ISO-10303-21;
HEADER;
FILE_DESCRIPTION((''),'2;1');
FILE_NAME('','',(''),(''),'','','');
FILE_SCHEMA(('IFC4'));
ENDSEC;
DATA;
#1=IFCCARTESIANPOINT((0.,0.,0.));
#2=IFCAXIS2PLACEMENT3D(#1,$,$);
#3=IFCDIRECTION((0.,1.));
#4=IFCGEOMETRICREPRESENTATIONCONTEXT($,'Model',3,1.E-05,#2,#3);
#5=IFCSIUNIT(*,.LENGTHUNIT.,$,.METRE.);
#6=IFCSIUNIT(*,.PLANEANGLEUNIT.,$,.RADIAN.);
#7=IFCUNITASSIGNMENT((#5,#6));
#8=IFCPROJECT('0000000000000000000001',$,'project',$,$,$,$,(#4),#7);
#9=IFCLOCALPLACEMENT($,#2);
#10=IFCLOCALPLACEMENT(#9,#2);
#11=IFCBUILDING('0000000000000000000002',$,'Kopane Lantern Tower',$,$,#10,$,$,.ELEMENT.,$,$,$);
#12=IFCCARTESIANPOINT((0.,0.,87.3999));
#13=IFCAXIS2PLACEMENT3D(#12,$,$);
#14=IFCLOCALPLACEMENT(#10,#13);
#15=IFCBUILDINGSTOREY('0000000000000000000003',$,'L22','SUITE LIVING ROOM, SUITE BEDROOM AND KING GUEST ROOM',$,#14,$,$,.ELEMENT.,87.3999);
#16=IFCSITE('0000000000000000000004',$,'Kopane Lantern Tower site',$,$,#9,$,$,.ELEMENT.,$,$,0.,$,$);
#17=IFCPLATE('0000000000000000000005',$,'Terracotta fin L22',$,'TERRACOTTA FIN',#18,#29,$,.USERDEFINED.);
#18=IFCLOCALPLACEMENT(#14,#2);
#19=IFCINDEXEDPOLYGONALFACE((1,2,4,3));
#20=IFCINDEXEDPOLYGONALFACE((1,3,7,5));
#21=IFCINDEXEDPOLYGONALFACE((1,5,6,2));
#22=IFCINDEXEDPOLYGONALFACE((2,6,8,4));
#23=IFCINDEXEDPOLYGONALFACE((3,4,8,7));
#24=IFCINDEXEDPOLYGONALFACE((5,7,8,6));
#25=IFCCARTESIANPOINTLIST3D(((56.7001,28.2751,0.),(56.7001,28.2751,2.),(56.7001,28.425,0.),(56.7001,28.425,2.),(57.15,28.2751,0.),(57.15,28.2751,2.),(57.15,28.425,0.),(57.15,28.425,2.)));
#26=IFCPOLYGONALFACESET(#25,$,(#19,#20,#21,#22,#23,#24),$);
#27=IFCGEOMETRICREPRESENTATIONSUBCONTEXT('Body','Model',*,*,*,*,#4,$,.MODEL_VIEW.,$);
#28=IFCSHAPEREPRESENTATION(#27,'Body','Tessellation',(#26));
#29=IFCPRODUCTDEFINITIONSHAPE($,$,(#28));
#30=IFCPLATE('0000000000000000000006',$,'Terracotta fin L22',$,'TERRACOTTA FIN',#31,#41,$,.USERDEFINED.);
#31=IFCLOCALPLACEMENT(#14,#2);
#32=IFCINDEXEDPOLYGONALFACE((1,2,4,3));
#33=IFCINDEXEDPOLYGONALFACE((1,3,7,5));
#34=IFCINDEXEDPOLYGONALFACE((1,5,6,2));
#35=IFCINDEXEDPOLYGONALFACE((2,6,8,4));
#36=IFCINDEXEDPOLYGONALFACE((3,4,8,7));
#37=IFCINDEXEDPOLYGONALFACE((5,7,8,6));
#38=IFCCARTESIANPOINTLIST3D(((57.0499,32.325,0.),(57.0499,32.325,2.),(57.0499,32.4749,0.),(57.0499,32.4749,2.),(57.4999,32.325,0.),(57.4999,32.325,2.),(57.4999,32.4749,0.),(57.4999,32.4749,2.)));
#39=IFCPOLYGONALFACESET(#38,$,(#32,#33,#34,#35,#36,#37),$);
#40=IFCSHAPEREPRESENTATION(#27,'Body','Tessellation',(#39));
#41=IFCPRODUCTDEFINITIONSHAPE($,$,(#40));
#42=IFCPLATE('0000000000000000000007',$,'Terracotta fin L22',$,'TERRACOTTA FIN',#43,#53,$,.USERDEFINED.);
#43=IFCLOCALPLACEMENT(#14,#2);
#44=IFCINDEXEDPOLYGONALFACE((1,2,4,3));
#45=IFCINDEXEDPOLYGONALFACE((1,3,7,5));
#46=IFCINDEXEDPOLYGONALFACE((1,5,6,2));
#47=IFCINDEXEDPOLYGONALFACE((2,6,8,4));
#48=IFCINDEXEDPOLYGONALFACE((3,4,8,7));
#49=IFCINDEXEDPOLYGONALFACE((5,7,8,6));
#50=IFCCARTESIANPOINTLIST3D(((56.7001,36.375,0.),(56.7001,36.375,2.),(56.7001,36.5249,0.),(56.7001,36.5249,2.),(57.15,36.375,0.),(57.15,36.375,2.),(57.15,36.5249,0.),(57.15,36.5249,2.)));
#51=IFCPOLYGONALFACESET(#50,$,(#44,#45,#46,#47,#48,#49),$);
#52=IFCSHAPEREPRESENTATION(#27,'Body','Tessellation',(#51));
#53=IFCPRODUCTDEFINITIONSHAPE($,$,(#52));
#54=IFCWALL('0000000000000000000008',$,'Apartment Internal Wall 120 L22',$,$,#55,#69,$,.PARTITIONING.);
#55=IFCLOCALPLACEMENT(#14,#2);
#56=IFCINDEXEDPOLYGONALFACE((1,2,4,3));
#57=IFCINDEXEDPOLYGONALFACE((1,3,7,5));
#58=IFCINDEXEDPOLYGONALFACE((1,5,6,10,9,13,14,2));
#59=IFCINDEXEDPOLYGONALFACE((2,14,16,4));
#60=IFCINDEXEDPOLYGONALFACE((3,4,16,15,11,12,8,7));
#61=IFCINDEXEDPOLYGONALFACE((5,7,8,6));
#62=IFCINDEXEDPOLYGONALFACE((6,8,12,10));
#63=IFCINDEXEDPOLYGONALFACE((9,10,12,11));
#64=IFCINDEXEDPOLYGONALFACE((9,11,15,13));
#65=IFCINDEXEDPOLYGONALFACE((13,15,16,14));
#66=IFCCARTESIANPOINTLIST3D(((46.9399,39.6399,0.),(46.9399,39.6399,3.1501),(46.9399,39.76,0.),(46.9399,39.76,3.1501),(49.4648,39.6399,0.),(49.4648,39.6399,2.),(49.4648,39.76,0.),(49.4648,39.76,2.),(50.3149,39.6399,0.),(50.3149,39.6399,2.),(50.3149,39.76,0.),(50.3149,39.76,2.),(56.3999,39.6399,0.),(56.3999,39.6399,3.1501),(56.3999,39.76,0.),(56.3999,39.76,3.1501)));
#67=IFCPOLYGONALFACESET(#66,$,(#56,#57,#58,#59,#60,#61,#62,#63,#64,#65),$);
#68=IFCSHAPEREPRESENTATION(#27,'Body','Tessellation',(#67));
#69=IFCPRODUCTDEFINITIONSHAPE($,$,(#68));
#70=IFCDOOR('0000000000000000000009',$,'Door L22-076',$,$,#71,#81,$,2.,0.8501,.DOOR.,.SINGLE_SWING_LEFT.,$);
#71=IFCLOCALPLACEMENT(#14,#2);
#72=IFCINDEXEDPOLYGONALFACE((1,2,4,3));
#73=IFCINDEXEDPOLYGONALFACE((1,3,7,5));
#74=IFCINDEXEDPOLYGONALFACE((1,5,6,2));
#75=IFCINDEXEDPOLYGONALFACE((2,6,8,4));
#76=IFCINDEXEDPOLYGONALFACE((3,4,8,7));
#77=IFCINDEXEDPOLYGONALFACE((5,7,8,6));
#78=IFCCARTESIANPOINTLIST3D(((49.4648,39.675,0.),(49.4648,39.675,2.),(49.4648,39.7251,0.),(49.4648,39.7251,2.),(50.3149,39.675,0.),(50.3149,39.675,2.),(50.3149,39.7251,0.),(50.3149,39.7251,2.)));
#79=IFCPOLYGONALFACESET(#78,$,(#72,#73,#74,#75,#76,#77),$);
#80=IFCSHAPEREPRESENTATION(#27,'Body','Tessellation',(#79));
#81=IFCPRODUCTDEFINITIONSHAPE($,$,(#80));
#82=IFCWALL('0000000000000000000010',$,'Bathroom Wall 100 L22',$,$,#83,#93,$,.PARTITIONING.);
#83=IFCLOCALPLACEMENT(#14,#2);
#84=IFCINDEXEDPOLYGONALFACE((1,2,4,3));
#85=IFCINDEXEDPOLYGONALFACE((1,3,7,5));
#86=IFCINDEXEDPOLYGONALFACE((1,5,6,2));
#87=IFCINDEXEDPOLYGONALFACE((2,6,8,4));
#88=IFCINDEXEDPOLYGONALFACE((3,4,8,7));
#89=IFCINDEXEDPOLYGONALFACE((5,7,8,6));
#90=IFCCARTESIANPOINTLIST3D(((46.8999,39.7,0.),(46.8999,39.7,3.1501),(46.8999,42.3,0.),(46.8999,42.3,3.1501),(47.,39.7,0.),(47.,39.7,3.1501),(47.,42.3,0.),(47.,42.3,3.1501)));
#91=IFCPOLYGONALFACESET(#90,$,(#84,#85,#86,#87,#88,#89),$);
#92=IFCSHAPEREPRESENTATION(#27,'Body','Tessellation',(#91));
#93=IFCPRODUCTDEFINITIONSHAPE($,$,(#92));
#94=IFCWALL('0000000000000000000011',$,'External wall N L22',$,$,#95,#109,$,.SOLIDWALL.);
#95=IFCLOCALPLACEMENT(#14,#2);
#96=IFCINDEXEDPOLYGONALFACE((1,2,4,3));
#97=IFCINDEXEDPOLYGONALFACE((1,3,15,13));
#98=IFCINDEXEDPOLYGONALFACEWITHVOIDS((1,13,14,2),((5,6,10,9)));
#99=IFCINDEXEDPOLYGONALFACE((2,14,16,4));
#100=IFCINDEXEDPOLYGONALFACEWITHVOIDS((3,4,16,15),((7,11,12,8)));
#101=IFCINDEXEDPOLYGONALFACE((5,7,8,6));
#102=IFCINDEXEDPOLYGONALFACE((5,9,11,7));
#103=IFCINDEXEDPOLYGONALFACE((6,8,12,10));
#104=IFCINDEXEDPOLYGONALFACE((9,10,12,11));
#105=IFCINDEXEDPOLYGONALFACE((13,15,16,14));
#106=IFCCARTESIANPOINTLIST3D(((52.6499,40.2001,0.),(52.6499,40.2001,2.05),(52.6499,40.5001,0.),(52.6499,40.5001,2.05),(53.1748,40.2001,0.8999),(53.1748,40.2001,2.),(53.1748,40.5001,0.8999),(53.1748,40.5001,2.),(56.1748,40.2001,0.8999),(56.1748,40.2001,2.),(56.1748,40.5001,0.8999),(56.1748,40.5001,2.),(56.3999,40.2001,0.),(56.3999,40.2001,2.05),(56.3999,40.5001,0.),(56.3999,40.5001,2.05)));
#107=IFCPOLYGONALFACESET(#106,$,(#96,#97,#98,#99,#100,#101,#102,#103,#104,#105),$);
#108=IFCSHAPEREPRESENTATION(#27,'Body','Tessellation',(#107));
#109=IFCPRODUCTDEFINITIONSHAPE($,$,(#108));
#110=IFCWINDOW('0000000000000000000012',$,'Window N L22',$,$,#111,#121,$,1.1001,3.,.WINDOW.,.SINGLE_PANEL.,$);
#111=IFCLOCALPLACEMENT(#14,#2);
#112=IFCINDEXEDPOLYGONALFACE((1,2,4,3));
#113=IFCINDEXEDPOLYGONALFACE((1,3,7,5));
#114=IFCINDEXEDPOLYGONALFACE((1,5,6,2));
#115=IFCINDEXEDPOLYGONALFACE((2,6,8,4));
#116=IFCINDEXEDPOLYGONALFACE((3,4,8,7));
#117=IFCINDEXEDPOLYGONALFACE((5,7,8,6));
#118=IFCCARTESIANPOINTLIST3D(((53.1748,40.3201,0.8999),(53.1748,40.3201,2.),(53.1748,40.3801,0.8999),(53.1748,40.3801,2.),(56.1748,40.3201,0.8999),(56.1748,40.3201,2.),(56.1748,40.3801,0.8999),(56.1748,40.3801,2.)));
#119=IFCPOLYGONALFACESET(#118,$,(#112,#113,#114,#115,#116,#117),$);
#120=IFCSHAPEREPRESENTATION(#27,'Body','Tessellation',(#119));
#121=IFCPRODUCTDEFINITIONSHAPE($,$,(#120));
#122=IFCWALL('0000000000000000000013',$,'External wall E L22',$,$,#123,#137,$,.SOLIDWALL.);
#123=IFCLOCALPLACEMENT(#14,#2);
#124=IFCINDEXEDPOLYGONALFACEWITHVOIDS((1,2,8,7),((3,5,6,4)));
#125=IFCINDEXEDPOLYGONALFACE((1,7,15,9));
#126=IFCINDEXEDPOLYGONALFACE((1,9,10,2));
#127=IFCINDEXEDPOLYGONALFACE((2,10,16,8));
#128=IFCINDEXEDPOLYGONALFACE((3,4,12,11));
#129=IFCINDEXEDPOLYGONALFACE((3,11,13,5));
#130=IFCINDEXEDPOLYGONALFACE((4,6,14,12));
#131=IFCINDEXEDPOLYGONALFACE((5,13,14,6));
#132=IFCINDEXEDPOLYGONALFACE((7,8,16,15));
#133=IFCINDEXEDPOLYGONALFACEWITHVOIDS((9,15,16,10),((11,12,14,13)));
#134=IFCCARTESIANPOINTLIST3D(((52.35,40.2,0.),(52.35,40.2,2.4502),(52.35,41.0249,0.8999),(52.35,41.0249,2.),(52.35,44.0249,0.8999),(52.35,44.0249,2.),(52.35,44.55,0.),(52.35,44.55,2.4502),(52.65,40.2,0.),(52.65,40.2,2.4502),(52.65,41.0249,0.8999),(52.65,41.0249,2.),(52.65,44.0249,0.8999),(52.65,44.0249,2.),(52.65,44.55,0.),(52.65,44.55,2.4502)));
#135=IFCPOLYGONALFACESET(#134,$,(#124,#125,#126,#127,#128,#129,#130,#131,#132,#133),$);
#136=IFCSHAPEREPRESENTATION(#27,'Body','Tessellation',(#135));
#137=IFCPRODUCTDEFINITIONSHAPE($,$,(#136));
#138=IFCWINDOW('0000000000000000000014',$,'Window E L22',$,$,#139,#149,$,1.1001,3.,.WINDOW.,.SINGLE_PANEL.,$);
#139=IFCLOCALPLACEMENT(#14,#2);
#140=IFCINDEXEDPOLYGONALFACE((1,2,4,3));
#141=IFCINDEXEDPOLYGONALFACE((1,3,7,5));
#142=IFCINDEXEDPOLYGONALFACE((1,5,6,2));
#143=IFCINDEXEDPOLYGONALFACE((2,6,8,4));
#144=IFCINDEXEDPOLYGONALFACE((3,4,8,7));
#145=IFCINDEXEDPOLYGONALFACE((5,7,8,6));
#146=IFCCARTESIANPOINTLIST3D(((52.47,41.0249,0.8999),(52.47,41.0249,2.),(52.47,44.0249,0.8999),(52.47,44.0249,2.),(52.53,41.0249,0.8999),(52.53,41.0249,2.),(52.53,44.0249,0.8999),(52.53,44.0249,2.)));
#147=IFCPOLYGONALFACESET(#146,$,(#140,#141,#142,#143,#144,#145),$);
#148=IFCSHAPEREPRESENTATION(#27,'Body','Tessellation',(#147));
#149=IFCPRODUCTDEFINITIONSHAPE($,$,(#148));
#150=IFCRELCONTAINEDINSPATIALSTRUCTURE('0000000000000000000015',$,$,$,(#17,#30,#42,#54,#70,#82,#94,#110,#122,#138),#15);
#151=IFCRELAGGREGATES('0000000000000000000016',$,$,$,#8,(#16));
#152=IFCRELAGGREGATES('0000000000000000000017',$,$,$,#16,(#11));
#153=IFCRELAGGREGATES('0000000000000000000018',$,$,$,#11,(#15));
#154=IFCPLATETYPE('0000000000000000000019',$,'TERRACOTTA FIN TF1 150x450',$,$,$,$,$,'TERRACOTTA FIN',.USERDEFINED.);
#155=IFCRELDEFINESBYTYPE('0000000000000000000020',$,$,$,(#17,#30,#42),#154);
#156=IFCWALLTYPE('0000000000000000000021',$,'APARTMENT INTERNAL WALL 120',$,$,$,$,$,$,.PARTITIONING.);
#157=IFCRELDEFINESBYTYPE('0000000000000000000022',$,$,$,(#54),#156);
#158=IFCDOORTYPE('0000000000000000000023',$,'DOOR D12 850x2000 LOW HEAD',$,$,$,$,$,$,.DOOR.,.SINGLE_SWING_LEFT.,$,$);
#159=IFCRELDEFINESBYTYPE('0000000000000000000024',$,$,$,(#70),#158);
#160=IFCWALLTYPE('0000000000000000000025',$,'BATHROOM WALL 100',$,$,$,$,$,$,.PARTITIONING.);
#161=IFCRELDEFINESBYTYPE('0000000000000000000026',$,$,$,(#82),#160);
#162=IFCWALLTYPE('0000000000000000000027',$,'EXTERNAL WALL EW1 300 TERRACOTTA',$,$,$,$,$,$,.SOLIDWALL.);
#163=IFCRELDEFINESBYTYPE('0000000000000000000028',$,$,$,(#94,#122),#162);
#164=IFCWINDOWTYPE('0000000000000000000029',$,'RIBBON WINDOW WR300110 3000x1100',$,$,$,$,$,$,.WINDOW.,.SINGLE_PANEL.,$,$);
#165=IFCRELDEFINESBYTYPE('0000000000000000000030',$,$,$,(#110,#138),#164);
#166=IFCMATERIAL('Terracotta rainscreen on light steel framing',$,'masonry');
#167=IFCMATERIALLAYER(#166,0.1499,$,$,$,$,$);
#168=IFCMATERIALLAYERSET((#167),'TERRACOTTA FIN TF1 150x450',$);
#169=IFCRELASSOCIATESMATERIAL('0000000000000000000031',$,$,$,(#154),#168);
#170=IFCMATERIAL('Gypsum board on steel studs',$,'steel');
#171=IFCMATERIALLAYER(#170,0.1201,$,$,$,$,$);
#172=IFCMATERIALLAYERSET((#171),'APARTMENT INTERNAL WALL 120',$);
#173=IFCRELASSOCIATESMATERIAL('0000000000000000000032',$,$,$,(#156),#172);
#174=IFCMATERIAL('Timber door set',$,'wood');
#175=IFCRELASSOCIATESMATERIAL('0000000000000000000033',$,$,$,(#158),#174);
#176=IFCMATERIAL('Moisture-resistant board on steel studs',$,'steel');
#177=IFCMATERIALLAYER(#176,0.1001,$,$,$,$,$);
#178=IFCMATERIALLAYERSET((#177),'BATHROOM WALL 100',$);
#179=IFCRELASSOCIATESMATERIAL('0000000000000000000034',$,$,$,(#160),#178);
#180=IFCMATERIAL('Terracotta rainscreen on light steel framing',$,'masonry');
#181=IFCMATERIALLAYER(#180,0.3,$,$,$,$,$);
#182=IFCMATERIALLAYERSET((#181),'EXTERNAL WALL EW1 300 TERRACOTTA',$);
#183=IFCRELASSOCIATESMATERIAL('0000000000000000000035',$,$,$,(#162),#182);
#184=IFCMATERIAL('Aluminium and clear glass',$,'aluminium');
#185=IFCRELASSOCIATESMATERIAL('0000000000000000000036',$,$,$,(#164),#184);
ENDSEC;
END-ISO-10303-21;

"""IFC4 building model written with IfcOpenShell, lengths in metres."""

from ifc_helpers import new_model, si_unit, direction, frame, frame_2d, origin, origin_2d, place, context, subcontext, project, spatial, rectangle, extrude, material, layer, layer_set, type_object, element, fill, save


model = new_model("IFC4")

# Units and contexts
model_context = context("Model", 3, precision=1e-05, world=origin(), true_north=direction((0.0, 1.0)))
body_context = subcontext(model_context, "Body", "Model", "MODEL_VIEW")
ifc_project = project(units=[si_unit("LENGTHUNIT", "METRE"), si_unit("PLANEANGLEUNIT", "RADIAN")], contexts=[model_context])

# Site, building, storey
site_placement = place(None, origin())
site = spatial("IfcSite", under=ifc_project, at=site_placement, Name="Kopane Lantern Tower site", CompositionType="ELEMENT", RefElevation=0.0)
building_placement = place(site_placement, origin())
building = spatial("IfcBuilding", under=site, at=building_placement, Name="Kopane Lantern Tower", CompositionType="ELEMENT")
storey_placement = place(building_placement, frame((0.0, 0.0, 87.3999)))
storey = spatial("IfcBuildingStorey", under=building, at=storey_placement, Name="L22", Description="SUITE LIVING ROOM, SUITE BEDROOM AND KING GUEST ROOM", CompositionType="ELEMENT", Elevation=87.3999)

# Plates
ifc_material_1 = material(Name="Terracotta rainscreen on light steel framing", Category="masonry")
ifc_layer_1 = layer(ifc_material_1, 0.1499)
ifc_layer_set_1 = layer_set([ifc_layer_1], Name="TERRACOTTA FIN TF1 150x450")
plate_type = type_object("IfcPlateType", Name="TERRACOTTA FIN TF1 150x450", ElementType="TERRACOTTA FIN", PredefinedType="USERDEFINED", material=ifc_layer_set_1)
for number, where, z_axis, x_axis, name in (
    (1, (56.925, 28.3501, 0.0), (0.0, 0.0, 1.0), (0.0, 1.0, 0.0), "Terracotta fin L22"),
    (2, (57.2749, 32.3999, 0.0), (0.0, 0.0, 1.0), (0.0, 1.0, 0.0), "Terracotta fin L22"),
    (3, (56.925, 36.45, 0.0), (0.0, 0.0, 1.0), (0.0, 1.0, 0.0), "Terracotta fin L22"),
):
    element("IfcPlate", number, at=place(storey_placement, frame(where, z_axis=z_axis, x_axis=x_axis)), inside=storey, type_object=plate_type, Name=name, ObjectType="TERRACOTTA FIN", PredefinedType="USERDEFINED", context=body_context, shape_type="SweptSolid", body=[
        extrude(rectangle(XDim=0.1499, YDim=0.45, at=origin_2d()), origin(), (0.0, 0.0, 1.0), 2.0),
    ])

# Wall, opening, door
ifc_material_2 = material(Name="Gypsum board on steel studs", Category="steel")
ifc_layer_2 = layer(ifc_material_2, 0.1201)
ifc_layer_set_2 = layer_set([ifc_layer_2], Name="APARTMENT INTERNAL WALL 120")
wall_type_1 = type_object("IfcWallType", Name="APARTMENT INTERNAL WALL 120", PredefinedType="PARTITIONING", material=ifc_layer_set_2)
wall_1_placement = place(storey_placement, frame((56.3999, 39.7, 0.0), z_axis=(0.0, 0.0, 1.0), x_axis=(-1.0, 0.0, 0.0)))
wall_1 = element("IfcWall", 4, at=wall_1_placement, inside=storey, type_object=wall_type_1, Name="Apartment Internal Wall 120 L22", PredefinedType="PARTITIONING", context=body_context, shape_type="SweptSolid", body=[
    extrude(rectangle(XDim=9.46, YDim=0.1201, at=frame_2d((4.73, 0.0))), origin(), (0.0, 0.0, 1.0), 3.1501),
])
opening_1_placement = place(wall_1_placement, frame((6.085, 0.0, 0.0)))
opening_1 = element("IfcOpeningElement", 5, at=opening_1_placement, cuts=wall_1, PredefinedType="OPENING", context=body_context, shape_type="SweptSolid", body=[
    extrude(rectangle(XDim=0.8501, YDim=2.0, at=frame_2d((0.425, 1.0))), frame((0.0, 0.0701, 0.0), z_axis=(0.0, -1.0, 0.0), x_axis=(1.0, 0.0, 0.0)), (0.0, 0.0, 1.0), 0.1401),
])
ifc_material_3 = material(Name="Timber door set", Category="wood")
door_type = type_object("IfcDoorType", Name="DOOR D12 850x2000 LOW HEAD", OperationType="SINGLE_SWING_LEFT", PredefinedType="DOOR", material=ifc_material_3)
door_placement = place(opening_1_placement, origin())
door = element("IfcDoor", 6, at=door_placement, inside=storey, type_object=door_type, Name="Door L22-076", OperationType="SINGLE_SWING_LEFT", OverallHeight=2.0, OverallWidth=0.8501, PredefinedType="DOOR", context=body_context, shape_type="SweptSolid", body=[
    extrude(rectangle(XDim=0.8501, YDim=2.0, at=frame_2d((0.425, 1.0))), frame((0.0, 0.0249, 0.0), z_axis=(0.0, -1.0, 0.0), x_axis=(1.0, 0.0, 0.0)), (0.0, 0.0, 1.0), 0.05),
])
fill(opening_1, door)

# Wall
ifc_material_4 = material(Name="Moisture-resistant board on steel studs", Category="steel")
ifc_layer_3 = layer(ifc_material_4, 0.1001)
ifc_layer_set_3 = layer_set([ifc_layer_3], Name="BATHROOM WALL 100")
wall_type_2 = type_object("IfcWallType", Name="BATHROOM WALL 100", PredefinedType="PARTITIONING", material=ifc_layer_set_3)
wall_2_placement = place(storey_placement, frame((46.95, 39.7, 0.0), z_axis=(0.0, 0.0, 1.0), x_axis=(0.0, 1.0, 0.0)))
element("IfcWall", 7, at=wall_2_placement, inside=storey, type_object=wall_type_2, Name="Bathroom Wall 100 L22", PredefinedType="PARTITIONING", context=body_context, shape_type="SweptSolid", body=[
    extrude(rectangle(XDim=2.6001, YDim=0.1001, at=frame_2d((1.3, 0.0))), origin(), (0.0, 0.0, 1.0), 3.1501),
])

# Walls, openings, windows
ifc_material_5 = material(Name="Terracotta rainscreen on light steel framing", Category="masonry")
ifc_layer_4 = layer(ifc_material_5, 0.3)
ifc_layer_set_4 = layer_set([ifc_layer_4], Name="EXTERNAL WALL EW1 300 TERRACOTTA")
wall_type_3 = type_object("IfcWallType", Name="EXTERNAL WALL EW1 300 TERRACOTTA", PredefinedType="SOLIDWALL", material=ifc_layer_set_4)
wall_3_placement = place(storey_placement, frame((56.3999, 40.3501, 0.0), z_axis=(0.0, 0.0, 1.0), x_axis=(-1.0, 0.0, 0.0)))
wall_3 = element("IfcWall", 8, at=wall_3_placement, inside=storey, type_object=wall_type_3, Name="External wall N L22", PredefinedType="SOLIDWALL", context=body_context, shape_type="SweptSolid", body=[
    extrude(rectangle(XDim=3.75, YDim=0.3, at=frame_2d((1.875, 0.0))), origin(), (0.0, 0.0, 1.0), 2.05),
])
opening_2_placement = place(wall_3_placement, frame((0.2251, 0.0, 0.8999)))
opening_2 = element("IfcOpeningElement", 9, at=opening_2_placement, cuts=wall_3, PredefinedType="OPENING", context=body_context, shape_type="SweptSolid", body=[
    extrude(rectangle(XDim=3.0, YDim=1.1001, at=frame_2d((1.5, 0.55))), frame((0.0, 0.1599, 0.0), z_axis=(0.0, -1.0, 0.0), x_axis=(1.0, 0.0, 0.0)), (0.0, 0.0, 1.0), 0.3201),
])
ifc_material_6 = material(Name="Aluminium and clear glass", Category="aluminium")
window_type = type_object("IfcWindowType", Name="RIBBON WINDOW WR300110 3000x1100", PartitioningType="SINGLE_PANEL", PredefinedType="WINDOW", material=ifc_material_6)
window_1_placement = place(opening_2_placement, origin())
window_1 = element("IfcWindow", 10, at=window_1_placement, inside=storey, type_object=window_type, Name="Window N L22", OverallHeight=1.1001, OverallWidth=3.0, PartitioningType="SINGLE_PANEL", PredefinedType="WINDOW", context=body_context, shape_type="SweptSolid", body=[
    extrude(rectangle(XDim=3.0, YDim=1.1001, at=frame_2d((1.5, 0.55))), frame((0.0, 0.03, 0.0), z_axis=(0.0, -1.0, 0.0), x_axis=(1.0, 0.0, 0.0)), (0.0, 0.0, 1.0), 0.0601),
])
fill(opening_2, window_1)
wall_4_placement = place(storey_placement, frame((52.5, 40.2, 0.0), z_axis=(0.0, 0.0, 1.0), x_axis=(0.0, 1.0, 0.0)))
wall_4 = element("IfcWall", 11, at=wall_4_placement, inside=storey, type_object=wall_type_3, Name="External wall E L22", PredefinedType="SOLIDWALL", context=body_context, shape_type="SweptSolid", body=[
    extrude(rectangle(XDim=4.3501, YDim=0.3, at=frame_2d((2.175, 0.0))), origin(), (0.0, 0.0, 1.0), 2.4502),
])
opening_3_placement = place(wall_4_placement, frame((0.825, 0.0, 0.8999)))
opening_3 = element("IfcOpeningElement", 12, at=opening_3_placement, cuts=wall_4, PredefinedType="OPENING", context=body_context, shape_type="SweptSolid", body=[
    extrude(rectangle(XDim=3.0, YDim=1.1001, at=frame_2d((1.5, 0.55))), frame((0.0, 0.1599, 0.0), z_axis=(0.0, -1.0, 0.0), x_axis=(1.0, 0.0, 0.0)), (0.0, 0.0, 1.0), 0.3201),
])
window_2_placement = place(opening_3_placement, origin())
window_2 = element("IfcWindow", 13, at=window_2_placement, inside=storey, type_object=window_type, Name="Window E L22", OverallHeight=1.1001, OverallWidth=3.0, PartitioningType="SINGLE_PANEL", PredefinedType="WINDOW", context=body_context, shape_type="SweptSolid", body=[
    extrude(rectangle(XDim=3.0, YDim=1.1001, at=frame_2d((1.5, 0.55))), frame((0.0, 0.03, 0.0), z_axis=(0.0, -1.0, 0.0), x_axis=(1.0, 0.0, 0.0)), (0.0, 0.0, 1.0), 0.0601),
])
fill(opening_3, window_2)

save(model, "model.ifc")
